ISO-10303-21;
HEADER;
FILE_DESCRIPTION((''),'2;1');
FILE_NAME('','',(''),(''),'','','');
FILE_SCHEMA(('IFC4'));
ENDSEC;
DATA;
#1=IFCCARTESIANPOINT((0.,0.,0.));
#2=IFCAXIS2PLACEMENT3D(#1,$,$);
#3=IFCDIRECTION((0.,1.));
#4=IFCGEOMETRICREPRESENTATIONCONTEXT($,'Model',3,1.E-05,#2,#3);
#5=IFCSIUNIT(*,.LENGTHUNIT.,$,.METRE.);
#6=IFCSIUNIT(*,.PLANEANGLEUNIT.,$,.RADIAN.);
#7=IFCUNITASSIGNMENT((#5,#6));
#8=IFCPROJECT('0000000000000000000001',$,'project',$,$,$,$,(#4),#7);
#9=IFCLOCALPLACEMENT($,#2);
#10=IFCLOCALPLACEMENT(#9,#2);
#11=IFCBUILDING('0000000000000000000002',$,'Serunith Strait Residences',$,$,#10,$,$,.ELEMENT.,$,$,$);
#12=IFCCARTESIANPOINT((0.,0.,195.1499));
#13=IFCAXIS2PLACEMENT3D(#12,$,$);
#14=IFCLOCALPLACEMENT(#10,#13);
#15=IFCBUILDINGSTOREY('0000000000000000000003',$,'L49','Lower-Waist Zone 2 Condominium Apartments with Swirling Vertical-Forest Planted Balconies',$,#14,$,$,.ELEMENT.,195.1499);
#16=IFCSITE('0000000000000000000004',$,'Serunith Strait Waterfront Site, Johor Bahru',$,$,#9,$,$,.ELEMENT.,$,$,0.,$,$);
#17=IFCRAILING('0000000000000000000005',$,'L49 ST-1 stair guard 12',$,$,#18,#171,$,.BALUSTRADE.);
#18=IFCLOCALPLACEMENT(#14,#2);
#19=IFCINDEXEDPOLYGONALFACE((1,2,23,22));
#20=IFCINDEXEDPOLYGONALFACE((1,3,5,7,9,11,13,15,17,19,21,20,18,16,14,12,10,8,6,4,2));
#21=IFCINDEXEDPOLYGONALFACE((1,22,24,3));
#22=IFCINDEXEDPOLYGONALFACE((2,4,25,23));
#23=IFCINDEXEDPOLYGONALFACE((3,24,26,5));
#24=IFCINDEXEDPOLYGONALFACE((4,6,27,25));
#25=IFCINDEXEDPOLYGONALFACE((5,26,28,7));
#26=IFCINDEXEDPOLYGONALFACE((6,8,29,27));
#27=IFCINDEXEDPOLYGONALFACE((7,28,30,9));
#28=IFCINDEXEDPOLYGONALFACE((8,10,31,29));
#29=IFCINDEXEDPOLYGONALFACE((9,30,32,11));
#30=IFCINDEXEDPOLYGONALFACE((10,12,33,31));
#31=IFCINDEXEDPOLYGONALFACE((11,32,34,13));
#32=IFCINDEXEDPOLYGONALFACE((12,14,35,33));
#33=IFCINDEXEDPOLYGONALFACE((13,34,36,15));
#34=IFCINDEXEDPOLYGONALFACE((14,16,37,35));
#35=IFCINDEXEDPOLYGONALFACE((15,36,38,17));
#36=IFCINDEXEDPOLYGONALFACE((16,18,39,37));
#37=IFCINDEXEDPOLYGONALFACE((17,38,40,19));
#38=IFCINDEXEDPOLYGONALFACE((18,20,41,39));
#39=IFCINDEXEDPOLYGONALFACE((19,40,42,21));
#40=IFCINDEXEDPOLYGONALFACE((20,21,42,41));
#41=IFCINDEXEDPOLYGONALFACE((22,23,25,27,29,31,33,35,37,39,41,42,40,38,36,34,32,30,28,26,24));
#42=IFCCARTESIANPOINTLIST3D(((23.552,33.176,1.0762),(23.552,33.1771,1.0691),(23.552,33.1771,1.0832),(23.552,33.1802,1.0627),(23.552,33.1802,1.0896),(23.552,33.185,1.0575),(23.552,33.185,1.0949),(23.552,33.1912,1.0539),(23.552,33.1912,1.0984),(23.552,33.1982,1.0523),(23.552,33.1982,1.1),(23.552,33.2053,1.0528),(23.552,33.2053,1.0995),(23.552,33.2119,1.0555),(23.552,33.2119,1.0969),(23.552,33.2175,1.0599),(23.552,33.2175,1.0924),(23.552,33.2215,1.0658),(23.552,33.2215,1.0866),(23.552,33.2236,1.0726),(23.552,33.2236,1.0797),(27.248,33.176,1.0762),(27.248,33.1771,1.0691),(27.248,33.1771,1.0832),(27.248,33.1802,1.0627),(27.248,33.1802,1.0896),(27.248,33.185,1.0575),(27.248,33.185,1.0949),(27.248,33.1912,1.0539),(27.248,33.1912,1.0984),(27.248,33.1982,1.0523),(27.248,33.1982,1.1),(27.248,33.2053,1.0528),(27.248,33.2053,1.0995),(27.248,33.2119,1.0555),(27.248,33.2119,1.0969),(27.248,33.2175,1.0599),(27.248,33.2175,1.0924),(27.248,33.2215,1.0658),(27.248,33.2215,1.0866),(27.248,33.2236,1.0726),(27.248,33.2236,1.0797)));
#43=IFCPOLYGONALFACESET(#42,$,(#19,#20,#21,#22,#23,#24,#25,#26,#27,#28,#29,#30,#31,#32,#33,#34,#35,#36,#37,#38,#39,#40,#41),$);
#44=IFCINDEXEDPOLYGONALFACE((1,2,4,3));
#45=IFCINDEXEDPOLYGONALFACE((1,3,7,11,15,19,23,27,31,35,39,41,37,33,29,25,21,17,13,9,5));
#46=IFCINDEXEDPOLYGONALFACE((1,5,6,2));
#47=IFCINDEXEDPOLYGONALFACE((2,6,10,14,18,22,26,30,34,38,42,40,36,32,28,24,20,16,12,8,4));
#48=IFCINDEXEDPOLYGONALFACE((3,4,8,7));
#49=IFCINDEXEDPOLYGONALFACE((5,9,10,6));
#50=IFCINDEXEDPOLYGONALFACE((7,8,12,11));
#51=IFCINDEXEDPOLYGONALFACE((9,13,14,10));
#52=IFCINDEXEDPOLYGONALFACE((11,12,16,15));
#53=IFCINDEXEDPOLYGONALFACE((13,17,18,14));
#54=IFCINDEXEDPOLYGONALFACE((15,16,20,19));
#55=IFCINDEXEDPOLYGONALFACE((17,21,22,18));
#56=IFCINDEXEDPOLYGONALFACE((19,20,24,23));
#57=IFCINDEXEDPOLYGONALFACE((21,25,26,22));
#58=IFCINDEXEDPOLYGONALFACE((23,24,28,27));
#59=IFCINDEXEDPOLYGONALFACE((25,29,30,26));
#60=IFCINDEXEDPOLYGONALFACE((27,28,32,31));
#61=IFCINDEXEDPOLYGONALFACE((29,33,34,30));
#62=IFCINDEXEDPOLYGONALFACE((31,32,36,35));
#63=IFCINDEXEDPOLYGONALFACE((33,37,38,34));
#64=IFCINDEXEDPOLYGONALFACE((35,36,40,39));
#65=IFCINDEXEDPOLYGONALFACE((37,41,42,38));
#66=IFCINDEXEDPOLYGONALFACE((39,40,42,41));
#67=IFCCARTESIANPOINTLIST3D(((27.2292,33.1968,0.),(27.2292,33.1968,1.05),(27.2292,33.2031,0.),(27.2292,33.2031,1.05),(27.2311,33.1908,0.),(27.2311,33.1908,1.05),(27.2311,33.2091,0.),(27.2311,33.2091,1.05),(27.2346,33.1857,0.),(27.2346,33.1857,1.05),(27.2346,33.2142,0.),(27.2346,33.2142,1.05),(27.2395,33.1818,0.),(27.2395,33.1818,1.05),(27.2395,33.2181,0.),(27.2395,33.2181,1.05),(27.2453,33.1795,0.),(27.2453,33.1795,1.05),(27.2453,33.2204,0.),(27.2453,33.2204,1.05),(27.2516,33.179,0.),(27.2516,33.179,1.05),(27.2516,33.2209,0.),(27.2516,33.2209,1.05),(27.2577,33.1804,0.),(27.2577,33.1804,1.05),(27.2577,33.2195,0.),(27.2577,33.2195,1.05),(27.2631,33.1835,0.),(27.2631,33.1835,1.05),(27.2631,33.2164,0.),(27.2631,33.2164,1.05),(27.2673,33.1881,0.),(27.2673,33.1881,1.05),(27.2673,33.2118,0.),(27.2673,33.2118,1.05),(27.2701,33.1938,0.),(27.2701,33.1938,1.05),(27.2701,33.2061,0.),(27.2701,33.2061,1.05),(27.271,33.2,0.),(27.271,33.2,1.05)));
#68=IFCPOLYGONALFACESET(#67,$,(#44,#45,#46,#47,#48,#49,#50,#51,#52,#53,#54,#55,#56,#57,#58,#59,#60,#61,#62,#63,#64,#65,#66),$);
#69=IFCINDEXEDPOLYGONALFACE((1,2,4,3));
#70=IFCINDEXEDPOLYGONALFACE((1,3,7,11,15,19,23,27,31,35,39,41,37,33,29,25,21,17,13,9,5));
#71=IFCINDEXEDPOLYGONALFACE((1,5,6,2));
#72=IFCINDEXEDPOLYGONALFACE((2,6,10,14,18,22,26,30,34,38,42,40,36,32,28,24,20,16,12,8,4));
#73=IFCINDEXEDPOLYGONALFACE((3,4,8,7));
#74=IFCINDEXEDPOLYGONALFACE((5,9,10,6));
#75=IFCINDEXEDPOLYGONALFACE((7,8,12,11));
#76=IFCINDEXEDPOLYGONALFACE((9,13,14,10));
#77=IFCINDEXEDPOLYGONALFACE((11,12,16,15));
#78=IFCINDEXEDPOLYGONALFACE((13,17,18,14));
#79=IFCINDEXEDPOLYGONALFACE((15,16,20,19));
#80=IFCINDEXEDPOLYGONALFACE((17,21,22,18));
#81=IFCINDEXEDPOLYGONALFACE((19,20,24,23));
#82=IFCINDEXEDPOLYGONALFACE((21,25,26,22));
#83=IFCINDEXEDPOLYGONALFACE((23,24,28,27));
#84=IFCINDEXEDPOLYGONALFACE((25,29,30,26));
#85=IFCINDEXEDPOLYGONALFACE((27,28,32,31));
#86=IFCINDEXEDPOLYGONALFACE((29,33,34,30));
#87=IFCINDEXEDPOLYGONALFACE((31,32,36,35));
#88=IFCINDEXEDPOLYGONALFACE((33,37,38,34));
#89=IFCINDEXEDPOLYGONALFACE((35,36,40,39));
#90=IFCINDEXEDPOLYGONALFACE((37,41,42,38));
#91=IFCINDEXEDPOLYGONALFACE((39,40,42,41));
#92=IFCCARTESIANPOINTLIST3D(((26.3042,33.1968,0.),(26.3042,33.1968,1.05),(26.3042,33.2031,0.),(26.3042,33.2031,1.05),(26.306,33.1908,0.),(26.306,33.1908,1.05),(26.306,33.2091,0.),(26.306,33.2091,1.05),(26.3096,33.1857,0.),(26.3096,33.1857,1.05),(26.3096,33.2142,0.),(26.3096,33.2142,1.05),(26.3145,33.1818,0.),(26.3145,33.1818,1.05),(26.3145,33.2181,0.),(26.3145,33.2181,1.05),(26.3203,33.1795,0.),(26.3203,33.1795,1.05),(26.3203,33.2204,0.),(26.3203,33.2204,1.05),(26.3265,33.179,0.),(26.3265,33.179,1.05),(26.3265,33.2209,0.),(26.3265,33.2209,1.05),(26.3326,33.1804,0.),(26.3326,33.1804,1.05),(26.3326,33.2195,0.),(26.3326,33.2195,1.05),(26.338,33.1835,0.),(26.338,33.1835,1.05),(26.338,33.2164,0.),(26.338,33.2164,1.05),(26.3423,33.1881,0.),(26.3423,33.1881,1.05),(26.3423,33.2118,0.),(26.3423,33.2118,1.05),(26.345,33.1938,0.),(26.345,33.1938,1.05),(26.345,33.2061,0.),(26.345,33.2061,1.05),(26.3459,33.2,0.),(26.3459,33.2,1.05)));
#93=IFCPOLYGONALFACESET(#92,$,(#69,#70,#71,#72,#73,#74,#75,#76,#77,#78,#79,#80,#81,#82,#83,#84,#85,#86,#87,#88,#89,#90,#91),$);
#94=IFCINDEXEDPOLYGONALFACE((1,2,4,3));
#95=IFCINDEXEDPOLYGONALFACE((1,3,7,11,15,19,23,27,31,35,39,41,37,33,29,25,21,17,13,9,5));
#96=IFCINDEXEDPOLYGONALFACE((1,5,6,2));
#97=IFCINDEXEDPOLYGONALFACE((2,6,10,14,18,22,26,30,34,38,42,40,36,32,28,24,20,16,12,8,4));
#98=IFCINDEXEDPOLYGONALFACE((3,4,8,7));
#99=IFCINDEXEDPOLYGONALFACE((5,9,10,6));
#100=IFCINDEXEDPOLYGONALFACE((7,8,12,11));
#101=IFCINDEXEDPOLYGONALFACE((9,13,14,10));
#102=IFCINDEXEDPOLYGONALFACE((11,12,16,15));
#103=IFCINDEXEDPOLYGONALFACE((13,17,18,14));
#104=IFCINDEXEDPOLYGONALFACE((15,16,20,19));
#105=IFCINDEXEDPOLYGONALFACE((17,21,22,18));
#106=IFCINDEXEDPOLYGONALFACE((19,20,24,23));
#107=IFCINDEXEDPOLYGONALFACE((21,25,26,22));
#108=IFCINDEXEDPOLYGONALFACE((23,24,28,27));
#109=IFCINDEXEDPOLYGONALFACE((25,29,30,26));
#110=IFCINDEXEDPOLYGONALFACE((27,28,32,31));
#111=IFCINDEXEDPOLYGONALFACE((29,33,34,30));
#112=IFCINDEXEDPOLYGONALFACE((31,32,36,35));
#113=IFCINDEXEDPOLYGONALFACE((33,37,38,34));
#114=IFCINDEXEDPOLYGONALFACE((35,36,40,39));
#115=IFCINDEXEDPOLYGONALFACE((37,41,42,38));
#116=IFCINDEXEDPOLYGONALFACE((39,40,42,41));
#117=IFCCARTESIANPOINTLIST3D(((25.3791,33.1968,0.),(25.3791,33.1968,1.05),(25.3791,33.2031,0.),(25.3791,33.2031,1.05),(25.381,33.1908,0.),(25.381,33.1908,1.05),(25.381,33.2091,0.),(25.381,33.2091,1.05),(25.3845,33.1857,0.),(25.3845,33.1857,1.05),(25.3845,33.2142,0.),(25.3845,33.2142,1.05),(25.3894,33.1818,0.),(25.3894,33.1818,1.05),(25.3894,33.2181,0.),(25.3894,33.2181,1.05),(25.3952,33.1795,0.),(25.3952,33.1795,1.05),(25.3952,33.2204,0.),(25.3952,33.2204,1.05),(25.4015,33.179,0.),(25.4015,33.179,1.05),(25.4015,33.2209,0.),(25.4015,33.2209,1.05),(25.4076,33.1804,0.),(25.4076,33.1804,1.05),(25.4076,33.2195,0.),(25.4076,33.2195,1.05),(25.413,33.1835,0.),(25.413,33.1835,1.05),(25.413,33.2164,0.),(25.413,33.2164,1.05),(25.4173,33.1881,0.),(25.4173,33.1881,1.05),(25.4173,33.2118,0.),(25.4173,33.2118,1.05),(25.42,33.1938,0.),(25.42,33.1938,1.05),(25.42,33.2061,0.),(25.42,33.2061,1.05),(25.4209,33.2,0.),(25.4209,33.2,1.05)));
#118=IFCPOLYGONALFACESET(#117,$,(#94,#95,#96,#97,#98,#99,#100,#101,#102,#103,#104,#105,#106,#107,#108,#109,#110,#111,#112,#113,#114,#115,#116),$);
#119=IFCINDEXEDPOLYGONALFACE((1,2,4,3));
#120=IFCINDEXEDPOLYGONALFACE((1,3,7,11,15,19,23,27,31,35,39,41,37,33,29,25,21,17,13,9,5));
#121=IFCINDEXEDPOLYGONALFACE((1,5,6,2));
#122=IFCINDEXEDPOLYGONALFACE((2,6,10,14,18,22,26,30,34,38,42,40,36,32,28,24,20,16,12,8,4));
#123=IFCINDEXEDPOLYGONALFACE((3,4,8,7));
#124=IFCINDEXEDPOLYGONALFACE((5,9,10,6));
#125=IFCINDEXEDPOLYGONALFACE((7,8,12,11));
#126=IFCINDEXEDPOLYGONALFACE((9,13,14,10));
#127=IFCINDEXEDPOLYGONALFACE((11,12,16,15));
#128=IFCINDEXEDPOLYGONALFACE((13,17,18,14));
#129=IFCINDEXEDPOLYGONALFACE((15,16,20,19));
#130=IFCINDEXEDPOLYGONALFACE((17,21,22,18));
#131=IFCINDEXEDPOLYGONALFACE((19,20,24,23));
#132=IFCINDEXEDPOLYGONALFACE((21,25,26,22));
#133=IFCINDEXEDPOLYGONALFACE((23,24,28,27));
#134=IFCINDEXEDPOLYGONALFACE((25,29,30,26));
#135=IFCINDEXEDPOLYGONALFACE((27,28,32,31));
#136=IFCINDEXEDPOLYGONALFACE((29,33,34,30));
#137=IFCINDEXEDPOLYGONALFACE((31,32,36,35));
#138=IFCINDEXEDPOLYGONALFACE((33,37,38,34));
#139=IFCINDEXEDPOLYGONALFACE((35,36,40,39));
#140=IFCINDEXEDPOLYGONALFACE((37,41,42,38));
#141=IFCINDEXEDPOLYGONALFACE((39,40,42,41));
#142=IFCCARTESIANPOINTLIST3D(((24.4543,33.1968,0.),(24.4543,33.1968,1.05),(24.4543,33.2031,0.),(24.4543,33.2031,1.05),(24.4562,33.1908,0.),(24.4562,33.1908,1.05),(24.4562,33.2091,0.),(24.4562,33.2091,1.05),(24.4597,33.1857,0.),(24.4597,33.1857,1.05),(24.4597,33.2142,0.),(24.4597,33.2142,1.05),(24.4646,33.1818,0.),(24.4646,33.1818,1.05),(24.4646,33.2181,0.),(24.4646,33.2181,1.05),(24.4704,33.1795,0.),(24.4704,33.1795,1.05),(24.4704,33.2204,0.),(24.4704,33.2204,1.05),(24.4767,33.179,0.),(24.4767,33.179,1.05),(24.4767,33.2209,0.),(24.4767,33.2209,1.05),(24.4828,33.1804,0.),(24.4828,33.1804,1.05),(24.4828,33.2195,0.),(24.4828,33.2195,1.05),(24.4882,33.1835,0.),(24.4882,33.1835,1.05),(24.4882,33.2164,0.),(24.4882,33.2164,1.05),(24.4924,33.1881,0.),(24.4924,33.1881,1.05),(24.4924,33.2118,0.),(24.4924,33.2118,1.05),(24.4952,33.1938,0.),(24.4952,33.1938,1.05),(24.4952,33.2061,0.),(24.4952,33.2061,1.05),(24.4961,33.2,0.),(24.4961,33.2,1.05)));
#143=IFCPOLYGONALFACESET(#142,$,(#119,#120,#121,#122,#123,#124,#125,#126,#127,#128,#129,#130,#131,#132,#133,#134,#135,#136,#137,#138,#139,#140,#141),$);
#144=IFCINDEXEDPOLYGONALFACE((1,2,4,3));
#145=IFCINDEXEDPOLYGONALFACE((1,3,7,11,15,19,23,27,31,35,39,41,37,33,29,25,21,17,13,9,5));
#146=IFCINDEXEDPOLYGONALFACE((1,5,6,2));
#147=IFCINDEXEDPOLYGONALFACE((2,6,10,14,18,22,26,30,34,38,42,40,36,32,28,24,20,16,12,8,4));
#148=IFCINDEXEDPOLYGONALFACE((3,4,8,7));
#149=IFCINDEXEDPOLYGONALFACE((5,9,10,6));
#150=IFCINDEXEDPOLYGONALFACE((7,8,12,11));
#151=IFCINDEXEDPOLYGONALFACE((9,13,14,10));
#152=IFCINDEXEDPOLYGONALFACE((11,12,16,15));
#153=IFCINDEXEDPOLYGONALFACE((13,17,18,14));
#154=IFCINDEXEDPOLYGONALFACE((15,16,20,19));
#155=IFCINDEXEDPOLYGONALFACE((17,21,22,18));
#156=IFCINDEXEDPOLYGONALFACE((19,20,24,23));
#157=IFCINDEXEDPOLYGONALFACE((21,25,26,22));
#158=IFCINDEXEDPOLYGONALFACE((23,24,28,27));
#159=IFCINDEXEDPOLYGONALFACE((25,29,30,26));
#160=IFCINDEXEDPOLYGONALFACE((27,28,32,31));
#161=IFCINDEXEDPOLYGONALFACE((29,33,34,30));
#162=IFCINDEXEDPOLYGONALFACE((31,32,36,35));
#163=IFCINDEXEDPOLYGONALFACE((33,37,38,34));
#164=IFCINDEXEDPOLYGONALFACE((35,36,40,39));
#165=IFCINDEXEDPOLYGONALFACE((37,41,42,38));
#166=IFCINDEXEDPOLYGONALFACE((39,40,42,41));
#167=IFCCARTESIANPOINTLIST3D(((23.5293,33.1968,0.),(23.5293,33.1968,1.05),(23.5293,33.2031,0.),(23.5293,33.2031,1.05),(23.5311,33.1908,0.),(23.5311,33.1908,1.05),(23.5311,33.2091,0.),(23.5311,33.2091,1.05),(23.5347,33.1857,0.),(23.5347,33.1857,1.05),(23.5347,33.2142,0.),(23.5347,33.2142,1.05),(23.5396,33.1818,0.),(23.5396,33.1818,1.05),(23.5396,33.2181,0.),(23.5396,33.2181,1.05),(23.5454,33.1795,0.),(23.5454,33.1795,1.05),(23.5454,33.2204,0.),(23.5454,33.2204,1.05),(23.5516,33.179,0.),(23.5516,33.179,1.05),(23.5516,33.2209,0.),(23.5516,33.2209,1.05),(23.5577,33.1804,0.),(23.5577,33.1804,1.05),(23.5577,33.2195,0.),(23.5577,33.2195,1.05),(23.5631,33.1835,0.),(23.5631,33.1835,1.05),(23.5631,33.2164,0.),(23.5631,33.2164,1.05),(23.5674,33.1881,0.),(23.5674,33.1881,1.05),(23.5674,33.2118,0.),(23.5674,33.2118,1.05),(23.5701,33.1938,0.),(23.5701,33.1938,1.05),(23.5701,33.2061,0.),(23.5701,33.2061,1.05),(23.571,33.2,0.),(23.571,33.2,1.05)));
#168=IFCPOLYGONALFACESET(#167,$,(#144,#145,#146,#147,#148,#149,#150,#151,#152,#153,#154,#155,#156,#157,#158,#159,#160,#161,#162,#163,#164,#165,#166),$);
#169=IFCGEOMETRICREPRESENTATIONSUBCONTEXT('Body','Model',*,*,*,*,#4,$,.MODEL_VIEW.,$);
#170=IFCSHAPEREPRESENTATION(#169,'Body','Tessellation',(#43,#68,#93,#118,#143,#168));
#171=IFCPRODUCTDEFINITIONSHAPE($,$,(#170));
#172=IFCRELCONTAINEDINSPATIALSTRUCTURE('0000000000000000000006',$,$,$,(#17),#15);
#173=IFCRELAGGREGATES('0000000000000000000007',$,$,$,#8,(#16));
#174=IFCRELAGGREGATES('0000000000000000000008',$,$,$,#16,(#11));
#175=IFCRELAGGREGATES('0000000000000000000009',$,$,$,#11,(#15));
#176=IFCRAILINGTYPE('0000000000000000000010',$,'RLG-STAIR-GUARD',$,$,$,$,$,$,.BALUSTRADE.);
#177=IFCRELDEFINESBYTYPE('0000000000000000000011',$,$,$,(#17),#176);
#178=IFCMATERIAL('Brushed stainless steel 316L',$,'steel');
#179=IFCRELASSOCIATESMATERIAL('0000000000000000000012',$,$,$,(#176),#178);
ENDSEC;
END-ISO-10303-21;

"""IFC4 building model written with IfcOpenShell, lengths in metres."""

from ifc_helpers import new_model, si_unit, direction, frame, origin, origin_2d, place, context, subcontext, project, spatial, circle, extrude, material, type_object, element, save


model = new_model("IFC4")

# Units and contexts
model_context = context("Model", 3, precision=1e-05, world=origin(), true_north=direction((0.0, 1.0)))
body_context = subcontext(model_context, "Body", "Model", "MODEL_VIEW")
ifc_project = project(units=[si_unit("LENGTHUNIT", "METRE"), si_unit("PLANEANGLEUNIT", "RADIAN")], contexts=[model_context])

# Site, building, storey
site_placement = place(None, origin())
site = spatial("IfcSite", under=ifc_project, at=site_placement, Name="Serunith Strait Waterfront Site, Johor Bahru", CompositionType="ELEMENT", RefElevation=0.0)
building_placement = place(site_placement, origin())
building = spatial("IfcBuilding", under=site, at=building_placement, Name="Serunith Strait Residences", CompositionType="ELEMENT")
storey_placement = place(building_placement, frame((0.0, 0.0, 195.1499)))
storey = spatial("IfcBuildingStorey", under=building, at=storey_placement, Name="L49", Description="Lower-Waist Zone 2 Condominium Apartments with Swirling Vertical-Forest Planted Balconies", CompositionType="ELEMENT", Elevation=195.1499)

# Railing
ifc_material_1 = material(Name="Brushed stainless steel 316L", Category="steel")
railing_type_1 = type_object("IfcRailingType", Name="RLG-STAIR-GUARD", PredefinedType="BALUSTRADE", material=ifc_material_1)
railing_1_placement = place(storey_placement, frame((27.25, 33.2, 0.0)))
element("IfcRailing", 1, at=railing_1_placement, inside=storey, type_object=railing_type_1, Name="L49 ST-1 stair guard 12", PredefinedType="BALUSTRADE", context=body_context, shape_type="SweptSolid", body=[
    extrude(circle(Radius=0.0239, at=origin_2d()), frame((-0.002, 0.0, 1.0762), z_axis=(-1.0, 0.0, 0.0), x_axis=(0.0, -1.0, 0.0)), (0.0, 0.0, 1.0), 3.696),
    extrude(circle(Radius=0.021, at=origin_2d()), origin(), (0.0, 0.0, 1.0), 1.05),
    extrude(circle(Radius=0.021, at=origin_2d()), frame((-0.925, 0.0, 0.0)), (0.0, 0.0, 1.0), 1.05),
    extrude(circle(Radius=0.021, at=origin_2d()), frame((-1.8501, 0.0, 0.0)), (0.0, 0.0, 1.0), 1.05),
    extrude(circle(Radius=0.021, at=origin_2d()), frame((-2.7749, 0.0, 0.0)), (0.0, 0.0, 1.0), 1.05),
    extrude(circle(Radius=0.021, at=origin_2d()), frame((-3.7, 0.0, 0.0)), (0.0, 0.0, 1.0), 1.05),
])

save(model, "model.ifc")
